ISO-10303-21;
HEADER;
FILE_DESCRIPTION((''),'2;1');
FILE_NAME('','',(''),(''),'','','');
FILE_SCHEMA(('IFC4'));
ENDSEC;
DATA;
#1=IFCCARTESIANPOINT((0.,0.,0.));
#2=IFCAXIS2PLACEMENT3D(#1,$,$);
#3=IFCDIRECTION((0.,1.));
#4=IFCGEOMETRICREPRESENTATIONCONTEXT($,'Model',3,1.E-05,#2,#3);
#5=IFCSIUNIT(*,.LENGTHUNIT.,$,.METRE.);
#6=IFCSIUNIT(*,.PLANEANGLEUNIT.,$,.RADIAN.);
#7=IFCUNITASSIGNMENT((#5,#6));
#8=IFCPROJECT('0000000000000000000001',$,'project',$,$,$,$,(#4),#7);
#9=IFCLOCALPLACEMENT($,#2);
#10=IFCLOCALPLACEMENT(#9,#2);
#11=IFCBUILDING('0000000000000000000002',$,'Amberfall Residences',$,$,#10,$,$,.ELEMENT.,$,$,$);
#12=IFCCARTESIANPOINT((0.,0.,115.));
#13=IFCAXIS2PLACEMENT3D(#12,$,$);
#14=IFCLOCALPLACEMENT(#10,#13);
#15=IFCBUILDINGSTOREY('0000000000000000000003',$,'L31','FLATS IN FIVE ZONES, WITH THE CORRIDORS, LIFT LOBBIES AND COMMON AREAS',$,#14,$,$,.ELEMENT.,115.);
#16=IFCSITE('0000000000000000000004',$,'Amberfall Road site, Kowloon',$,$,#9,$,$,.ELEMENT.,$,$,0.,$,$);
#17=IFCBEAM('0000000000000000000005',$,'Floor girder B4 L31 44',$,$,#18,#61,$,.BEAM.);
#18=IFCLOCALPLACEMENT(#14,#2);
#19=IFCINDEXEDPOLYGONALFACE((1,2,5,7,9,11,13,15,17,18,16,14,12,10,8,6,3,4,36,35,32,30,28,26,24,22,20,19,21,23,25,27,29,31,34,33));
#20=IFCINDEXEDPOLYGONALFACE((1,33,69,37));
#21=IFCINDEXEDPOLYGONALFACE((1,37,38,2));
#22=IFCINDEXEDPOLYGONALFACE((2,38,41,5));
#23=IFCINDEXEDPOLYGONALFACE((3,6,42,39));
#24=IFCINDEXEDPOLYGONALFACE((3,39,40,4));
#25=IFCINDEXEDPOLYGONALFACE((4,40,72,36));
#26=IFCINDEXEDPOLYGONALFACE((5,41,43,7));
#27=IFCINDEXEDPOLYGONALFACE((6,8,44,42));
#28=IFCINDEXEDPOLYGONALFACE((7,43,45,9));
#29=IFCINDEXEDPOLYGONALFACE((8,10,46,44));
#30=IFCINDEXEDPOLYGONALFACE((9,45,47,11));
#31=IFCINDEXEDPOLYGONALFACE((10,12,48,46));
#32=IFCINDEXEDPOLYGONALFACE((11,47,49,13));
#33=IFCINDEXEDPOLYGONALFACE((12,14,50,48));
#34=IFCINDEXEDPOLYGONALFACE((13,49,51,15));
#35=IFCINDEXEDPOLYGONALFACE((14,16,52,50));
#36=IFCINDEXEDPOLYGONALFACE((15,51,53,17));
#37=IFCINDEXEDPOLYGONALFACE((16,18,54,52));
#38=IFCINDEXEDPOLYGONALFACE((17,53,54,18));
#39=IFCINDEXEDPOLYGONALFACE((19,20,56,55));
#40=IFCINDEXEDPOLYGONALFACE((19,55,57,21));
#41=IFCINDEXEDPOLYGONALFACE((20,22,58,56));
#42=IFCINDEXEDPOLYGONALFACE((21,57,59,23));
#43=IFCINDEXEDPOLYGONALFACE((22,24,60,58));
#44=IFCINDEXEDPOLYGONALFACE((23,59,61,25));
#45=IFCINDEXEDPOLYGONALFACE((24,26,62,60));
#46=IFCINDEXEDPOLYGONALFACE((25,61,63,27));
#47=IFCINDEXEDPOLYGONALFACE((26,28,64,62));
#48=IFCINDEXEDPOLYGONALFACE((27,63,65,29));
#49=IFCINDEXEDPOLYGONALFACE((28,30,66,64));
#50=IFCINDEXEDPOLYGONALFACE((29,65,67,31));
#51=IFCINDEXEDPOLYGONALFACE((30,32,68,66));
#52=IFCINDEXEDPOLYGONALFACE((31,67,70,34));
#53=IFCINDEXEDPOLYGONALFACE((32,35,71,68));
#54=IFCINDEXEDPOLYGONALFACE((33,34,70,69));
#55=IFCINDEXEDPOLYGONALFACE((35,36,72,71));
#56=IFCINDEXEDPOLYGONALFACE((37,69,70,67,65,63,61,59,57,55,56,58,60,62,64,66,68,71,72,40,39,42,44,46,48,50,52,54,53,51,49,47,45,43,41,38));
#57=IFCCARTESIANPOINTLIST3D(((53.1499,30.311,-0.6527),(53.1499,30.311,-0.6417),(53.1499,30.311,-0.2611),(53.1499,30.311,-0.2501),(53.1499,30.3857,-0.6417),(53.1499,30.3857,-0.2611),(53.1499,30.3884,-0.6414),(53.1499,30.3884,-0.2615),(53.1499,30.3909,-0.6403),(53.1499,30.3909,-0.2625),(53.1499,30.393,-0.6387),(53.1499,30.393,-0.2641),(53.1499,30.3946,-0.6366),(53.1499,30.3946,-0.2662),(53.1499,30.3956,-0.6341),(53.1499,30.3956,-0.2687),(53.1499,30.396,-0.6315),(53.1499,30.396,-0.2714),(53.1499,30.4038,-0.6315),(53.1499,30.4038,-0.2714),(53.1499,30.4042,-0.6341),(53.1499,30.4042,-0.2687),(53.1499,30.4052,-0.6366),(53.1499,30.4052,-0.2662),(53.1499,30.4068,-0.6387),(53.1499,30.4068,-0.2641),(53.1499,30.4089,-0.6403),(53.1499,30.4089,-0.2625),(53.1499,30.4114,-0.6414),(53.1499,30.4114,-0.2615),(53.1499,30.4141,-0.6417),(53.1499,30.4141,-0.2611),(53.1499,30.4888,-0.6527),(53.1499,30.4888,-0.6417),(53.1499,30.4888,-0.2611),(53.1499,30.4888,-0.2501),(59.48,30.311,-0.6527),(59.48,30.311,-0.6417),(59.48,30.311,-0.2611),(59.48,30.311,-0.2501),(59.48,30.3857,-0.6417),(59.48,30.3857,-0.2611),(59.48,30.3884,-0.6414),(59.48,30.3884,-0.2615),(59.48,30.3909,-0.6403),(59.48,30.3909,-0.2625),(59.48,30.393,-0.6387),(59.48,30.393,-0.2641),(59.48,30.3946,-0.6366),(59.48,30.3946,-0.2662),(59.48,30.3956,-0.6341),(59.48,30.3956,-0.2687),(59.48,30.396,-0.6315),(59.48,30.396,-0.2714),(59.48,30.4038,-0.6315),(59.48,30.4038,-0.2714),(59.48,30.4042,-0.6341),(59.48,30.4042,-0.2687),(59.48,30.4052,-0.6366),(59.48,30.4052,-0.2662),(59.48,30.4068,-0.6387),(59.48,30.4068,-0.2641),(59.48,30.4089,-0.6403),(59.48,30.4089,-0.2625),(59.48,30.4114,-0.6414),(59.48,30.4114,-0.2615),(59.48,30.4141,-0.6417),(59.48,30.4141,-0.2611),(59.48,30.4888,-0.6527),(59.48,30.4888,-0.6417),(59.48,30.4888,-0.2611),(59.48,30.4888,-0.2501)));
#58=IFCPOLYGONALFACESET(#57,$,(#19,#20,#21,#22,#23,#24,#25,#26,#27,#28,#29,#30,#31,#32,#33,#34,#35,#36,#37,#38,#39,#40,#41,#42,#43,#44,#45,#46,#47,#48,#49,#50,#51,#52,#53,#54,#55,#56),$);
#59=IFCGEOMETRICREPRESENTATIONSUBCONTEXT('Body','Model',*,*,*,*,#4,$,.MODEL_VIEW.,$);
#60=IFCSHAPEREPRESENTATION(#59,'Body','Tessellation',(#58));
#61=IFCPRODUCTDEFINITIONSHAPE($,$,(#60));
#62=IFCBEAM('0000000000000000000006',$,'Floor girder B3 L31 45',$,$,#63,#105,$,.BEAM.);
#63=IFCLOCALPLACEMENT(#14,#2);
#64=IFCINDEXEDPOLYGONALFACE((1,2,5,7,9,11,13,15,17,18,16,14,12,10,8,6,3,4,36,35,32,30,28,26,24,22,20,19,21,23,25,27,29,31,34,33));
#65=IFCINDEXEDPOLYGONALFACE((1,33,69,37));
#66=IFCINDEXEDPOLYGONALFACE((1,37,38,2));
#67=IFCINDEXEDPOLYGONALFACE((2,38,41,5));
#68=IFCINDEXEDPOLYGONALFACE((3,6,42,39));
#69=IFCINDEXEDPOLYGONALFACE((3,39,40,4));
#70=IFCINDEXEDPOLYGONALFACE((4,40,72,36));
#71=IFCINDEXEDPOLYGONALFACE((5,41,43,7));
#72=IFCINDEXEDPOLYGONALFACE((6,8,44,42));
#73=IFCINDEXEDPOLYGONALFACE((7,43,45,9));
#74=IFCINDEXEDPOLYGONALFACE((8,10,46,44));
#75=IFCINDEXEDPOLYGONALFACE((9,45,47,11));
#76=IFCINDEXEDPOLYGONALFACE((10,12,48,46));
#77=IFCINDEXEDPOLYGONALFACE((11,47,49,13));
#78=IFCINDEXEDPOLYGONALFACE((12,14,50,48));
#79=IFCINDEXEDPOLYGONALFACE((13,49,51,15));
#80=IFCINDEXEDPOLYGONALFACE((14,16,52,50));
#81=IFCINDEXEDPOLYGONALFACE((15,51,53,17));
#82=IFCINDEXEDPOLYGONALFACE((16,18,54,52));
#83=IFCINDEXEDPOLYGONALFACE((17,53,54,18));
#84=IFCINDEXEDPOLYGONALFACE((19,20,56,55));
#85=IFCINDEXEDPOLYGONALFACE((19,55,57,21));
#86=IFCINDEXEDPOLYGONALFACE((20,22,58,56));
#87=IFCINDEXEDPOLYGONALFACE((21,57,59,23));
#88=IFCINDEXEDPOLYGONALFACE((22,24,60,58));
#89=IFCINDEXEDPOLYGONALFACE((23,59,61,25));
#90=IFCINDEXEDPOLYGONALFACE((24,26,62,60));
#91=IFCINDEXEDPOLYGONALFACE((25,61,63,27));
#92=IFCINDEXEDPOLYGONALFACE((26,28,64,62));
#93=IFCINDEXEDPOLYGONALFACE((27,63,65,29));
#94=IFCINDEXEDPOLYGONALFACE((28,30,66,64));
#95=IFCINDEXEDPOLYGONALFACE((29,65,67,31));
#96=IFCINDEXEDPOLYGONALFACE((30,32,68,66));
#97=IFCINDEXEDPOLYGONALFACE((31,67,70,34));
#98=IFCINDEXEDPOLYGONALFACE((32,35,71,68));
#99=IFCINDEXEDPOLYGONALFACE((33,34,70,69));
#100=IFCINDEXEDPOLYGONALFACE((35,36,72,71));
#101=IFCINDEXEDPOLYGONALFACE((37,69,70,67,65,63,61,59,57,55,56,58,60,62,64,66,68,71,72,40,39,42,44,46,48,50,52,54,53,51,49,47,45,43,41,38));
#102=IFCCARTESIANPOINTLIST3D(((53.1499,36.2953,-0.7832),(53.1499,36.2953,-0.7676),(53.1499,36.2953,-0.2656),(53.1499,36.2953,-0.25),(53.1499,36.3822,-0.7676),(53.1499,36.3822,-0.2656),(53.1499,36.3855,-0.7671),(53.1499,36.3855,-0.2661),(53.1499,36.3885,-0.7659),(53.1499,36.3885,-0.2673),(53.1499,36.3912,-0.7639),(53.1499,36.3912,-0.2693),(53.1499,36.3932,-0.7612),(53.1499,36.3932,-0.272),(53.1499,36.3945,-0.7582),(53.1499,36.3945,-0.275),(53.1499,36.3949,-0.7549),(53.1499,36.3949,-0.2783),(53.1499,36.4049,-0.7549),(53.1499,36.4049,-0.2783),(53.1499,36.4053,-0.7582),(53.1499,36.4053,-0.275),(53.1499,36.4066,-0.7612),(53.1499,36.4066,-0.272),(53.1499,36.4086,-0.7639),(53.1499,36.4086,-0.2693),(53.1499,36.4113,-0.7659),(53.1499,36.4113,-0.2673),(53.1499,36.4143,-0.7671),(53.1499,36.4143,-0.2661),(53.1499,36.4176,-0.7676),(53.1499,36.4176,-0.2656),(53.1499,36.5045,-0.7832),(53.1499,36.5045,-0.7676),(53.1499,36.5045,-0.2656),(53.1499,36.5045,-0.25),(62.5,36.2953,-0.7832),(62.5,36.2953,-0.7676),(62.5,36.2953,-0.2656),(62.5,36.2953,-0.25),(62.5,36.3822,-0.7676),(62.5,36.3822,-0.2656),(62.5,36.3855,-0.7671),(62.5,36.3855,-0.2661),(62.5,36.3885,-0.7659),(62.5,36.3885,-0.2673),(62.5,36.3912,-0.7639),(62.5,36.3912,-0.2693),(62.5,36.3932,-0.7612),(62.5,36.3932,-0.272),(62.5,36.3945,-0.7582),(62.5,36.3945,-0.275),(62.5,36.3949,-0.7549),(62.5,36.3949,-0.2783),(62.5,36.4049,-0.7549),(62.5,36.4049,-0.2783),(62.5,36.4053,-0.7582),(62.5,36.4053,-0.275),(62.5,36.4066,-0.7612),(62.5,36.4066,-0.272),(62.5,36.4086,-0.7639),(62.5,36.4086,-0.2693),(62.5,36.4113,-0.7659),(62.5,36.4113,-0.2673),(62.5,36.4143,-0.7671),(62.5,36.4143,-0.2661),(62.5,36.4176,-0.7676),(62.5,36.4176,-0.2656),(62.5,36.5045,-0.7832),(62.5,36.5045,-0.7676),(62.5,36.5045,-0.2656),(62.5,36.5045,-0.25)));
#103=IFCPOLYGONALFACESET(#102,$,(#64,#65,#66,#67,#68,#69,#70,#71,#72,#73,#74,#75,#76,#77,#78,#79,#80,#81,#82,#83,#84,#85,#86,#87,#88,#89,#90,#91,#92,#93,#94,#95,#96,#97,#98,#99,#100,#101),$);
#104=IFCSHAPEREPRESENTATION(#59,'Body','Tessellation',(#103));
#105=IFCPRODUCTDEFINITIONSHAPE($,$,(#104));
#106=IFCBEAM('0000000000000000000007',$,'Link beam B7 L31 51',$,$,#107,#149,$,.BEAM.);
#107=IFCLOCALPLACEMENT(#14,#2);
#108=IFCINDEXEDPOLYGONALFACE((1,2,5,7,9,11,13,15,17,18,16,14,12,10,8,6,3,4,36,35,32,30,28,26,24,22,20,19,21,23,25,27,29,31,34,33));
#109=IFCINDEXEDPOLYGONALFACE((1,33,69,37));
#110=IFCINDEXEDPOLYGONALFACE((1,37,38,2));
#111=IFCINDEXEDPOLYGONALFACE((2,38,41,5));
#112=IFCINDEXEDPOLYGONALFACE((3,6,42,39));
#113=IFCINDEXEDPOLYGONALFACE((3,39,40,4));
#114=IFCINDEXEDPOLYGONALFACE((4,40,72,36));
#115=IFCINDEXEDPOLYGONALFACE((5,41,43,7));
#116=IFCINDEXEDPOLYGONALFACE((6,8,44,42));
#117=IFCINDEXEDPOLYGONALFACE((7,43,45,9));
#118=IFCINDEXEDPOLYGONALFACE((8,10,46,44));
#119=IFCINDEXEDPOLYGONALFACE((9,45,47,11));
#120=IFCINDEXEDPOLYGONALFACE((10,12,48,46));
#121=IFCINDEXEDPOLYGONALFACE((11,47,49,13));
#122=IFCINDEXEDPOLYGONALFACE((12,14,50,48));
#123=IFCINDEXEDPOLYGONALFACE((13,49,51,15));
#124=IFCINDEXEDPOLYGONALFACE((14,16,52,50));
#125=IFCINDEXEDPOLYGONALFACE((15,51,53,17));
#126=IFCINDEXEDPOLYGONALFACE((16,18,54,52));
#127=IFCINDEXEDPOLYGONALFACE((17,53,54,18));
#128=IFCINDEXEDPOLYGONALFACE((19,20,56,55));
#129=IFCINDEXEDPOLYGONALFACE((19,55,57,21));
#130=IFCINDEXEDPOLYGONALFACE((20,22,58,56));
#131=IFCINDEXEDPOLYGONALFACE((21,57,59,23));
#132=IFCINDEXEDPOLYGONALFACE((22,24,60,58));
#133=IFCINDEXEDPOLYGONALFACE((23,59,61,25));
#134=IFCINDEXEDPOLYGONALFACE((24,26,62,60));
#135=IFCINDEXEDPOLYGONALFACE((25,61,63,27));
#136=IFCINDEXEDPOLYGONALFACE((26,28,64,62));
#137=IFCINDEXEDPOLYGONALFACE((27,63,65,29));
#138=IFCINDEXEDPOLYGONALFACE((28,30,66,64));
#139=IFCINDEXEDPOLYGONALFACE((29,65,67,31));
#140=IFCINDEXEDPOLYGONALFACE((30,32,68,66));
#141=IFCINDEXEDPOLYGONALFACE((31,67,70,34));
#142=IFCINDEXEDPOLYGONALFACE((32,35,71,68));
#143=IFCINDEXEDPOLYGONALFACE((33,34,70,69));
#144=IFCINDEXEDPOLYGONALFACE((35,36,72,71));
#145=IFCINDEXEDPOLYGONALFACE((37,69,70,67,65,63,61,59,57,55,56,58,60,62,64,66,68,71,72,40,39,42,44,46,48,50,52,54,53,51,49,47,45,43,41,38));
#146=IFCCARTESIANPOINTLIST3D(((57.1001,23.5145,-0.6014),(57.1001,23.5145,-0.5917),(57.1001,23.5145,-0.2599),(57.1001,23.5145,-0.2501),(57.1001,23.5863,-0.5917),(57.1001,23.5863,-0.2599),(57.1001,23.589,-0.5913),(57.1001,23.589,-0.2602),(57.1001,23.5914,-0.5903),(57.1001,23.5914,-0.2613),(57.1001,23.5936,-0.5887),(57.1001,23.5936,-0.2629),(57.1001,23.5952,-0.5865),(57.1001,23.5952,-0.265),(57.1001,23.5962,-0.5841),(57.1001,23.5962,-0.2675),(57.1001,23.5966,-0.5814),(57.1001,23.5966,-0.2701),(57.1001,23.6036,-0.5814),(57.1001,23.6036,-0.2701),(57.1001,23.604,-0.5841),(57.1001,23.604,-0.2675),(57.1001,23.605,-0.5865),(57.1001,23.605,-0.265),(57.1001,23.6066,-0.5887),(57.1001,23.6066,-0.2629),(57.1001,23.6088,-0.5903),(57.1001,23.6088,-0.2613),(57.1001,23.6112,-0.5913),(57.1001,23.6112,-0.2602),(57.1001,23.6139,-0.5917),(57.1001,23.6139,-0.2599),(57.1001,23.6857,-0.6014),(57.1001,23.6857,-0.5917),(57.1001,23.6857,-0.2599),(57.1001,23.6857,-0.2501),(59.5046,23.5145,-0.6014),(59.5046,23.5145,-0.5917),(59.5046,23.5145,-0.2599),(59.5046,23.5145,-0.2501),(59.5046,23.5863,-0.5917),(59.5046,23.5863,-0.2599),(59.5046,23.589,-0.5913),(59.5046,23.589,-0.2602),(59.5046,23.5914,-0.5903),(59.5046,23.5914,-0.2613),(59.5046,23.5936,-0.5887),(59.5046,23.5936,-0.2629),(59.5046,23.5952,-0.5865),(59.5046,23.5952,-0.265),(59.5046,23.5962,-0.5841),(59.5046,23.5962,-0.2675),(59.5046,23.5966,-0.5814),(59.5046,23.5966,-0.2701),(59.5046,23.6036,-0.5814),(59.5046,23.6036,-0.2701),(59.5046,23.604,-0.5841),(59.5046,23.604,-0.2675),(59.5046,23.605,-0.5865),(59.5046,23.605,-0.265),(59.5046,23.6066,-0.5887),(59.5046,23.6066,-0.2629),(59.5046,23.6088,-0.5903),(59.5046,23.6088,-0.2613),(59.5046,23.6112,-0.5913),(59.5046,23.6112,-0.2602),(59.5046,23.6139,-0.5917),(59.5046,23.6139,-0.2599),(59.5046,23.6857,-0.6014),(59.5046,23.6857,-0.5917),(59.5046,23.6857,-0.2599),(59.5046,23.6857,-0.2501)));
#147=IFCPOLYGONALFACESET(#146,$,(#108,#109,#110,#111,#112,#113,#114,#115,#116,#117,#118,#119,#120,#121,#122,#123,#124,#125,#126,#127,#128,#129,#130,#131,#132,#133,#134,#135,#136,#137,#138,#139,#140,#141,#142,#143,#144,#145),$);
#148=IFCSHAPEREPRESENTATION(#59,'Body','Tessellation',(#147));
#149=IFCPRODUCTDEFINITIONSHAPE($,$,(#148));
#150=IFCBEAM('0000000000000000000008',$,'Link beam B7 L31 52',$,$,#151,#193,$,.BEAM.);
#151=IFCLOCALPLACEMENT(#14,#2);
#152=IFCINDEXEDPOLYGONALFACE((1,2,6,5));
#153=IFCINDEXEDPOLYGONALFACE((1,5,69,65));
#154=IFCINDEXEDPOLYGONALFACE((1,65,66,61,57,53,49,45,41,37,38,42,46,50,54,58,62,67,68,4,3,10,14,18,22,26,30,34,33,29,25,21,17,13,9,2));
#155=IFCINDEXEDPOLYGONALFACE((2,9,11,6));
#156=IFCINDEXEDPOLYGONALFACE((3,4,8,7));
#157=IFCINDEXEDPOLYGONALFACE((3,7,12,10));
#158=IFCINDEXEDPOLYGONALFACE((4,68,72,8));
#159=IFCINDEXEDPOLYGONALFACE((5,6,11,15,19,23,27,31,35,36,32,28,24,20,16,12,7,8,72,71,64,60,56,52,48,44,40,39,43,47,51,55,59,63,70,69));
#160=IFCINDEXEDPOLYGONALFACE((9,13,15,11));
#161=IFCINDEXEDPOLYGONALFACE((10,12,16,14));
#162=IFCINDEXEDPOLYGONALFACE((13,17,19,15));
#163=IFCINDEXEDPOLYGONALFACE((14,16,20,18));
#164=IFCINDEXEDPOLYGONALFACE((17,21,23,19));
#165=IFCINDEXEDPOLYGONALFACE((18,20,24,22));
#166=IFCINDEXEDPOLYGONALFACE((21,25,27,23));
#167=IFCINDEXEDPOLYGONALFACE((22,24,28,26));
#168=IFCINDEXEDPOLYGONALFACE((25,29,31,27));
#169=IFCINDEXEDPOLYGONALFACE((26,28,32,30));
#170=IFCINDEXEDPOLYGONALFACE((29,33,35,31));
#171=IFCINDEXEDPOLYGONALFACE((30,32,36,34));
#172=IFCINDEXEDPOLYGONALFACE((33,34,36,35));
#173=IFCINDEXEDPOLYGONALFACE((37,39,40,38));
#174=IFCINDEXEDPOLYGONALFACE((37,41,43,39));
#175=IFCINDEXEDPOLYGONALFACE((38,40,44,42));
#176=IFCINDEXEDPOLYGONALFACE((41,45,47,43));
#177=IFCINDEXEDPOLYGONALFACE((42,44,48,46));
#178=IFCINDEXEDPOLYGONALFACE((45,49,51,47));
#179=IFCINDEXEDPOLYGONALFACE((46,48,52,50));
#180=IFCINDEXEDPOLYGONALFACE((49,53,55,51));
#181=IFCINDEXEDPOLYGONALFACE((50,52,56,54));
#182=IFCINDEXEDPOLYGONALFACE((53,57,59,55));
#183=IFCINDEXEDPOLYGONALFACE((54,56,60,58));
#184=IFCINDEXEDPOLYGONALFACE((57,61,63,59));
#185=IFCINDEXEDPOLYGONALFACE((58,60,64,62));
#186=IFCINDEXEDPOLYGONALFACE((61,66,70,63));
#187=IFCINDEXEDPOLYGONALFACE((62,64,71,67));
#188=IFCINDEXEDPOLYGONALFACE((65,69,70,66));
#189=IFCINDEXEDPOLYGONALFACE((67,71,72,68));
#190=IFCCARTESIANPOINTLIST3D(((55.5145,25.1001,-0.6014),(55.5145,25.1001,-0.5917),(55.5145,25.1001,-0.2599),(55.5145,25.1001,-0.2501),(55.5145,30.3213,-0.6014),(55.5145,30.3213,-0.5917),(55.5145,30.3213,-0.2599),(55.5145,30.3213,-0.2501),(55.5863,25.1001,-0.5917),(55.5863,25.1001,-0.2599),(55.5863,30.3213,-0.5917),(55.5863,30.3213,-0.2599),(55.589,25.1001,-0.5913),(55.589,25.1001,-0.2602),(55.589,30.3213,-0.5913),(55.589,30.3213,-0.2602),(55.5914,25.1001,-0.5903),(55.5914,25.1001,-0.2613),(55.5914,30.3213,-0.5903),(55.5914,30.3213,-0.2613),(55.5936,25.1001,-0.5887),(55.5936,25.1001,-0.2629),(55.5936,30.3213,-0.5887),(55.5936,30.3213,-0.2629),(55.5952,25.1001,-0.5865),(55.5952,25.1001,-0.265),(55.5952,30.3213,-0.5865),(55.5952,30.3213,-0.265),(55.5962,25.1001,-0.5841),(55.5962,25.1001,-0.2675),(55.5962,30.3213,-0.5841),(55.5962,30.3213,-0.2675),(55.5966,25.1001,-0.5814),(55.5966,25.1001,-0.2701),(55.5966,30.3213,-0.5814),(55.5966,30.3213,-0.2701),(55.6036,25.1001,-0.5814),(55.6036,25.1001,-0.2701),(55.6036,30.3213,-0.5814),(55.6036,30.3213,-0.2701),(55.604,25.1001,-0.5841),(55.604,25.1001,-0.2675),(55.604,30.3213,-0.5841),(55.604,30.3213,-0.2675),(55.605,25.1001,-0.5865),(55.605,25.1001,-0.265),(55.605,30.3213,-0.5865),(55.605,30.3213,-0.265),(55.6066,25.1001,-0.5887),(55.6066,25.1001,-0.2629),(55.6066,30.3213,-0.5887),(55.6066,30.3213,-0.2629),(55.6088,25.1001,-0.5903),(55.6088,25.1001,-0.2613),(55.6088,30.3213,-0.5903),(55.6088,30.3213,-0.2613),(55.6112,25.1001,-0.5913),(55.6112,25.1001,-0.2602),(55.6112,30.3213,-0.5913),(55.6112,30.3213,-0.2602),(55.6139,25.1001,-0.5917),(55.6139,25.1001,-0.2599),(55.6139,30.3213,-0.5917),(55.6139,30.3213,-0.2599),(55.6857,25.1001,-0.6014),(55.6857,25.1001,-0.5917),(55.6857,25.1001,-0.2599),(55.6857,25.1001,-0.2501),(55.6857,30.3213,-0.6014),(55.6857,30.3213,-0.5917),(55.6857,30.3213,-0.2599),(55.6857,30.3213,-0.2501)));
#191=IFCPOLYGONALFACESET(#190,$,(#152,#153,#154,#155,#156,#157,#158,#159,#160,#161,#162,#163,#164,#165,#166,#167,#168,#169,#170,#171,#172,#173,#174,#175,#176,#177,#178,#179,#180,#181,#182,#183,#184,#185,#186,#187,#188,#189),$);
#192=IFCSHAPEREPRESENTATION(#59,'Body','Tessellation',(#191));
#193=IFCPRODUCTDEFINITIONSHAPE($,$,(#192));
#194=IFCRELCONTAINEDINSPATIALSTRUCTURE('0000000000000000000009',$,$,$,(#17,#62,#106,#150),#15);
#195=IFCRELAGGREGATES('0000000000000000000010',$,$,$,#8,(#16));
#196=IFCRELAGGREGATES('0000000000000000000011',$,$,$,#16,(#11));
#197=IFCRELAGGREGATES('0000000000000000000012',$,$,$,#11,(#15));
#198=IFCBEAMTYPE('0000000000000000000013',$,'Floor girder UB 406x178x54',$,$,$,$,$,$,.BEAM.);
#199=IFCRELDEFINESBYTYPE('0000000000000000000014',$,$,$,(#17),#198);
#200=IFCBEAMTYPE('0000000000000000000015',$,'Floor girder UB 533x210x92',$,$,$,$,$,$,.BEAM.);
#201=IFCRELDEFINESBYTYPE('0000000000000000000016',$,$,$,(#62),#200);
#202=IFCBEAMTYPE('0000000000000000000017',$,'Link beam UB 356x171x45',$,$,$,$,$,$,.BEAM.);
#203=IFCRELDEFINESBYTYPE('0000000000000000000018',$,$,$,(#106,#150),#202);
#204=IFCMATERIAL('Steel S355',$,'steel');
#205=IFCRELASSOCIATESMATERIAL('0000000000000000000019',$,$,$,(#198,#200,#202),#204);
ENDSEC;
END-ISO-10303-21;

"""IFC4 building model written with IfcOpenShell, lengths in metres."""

from ifc_helpers import new_model, si_unit, direction, frame, origin, origin_2d, place, context, subcontext, project, spatial, i_section, extrude, material, material_profile, profile_set, type_object, element, save


model = new_model("IFC4")

# Units and contexts
model_context = context("Model", 3, precision=1e-05, world=origin(), true_north=direction((0.0, 1.0)))
body_context = subcontext(model_context, "Body", "Model", "MODEL_VIEW")
ifc_project = project(units=[si_unit("LENGTHUNIT", "METRE"), si_unit("PLANEANGLEUNIT", "RADIAN")], contexts=[model_context])

# Site, building, storey
site_placement = place(None, origin())
site = spatial("IfcSite", under=ifc_project, at=site_placement, Name="Amberfall Road site, Kowloon", CompositionType="ELEMENT", RefElevation=0.0)
building_placement = place(site_placement, origin())
building = spatial("IfcBuilding", under=site, at=building_placement, Name="Amberfall Residences", CompositionType="ELEMENT")
storey_placement = place(building_placement, frame((0.0, 0.0, 115.0)))
storey = spatial("IfcBuildingStorey", under=building, at=storey_placement, Name="L31", Description="FLATS IN FIVE ZONES, WITH THE CORRIDORS, LIFT LOBBIES AND COMMON AREAS", CompositionType="ELEMENT", Elevation=115.0)

# Beams
ifc_material_1 = material(Name="Steel S355", Category="steel")
ifc_material_profile_1 = material_profile(ifc_material_1, i_section(OverallWidth=0.1777, OverallDepth=0.4026, WebThickness=0.0078, FlangeThickness=0.011, FilletRadius=0.0103, at=origin_2d()), Name="UB 406x178x54")
ifc_profile_set_1 = profile_set([ifc_material_profile_1], Name="Steel S355")
beam_type_1 = type_object("IfcBeamType", Name="Floor girder UB 406x178x54", PredefinedType="BEAM", material=ifc_profile_set_1)
beam_1_placement = place(storey_placement, frame((53.1499, 30.3999, -0.4514), z_axis=(1.0, 0.0, 0.0), x_axis=(0.0, 1.0, 0.0)))
element("IfcBeam", 1, at=beam_1_placement, inside=storey, type_object=beam_type_1, Name="Floor girder B4 L31 44", PredefinedType="BEAM", context=body_context, shape_type="SweptSolid", body=[
    extrude(i_section(OverallWidth=0.1777, OverallDepth=0.4026, WebThickness=0.0078, FlangeThickness=0.011, FilletRadius=0.0103, at=origin_2d()), origin(), (0.0, 0.0, 1.0), 6.3301),
])
ifc_material_profile_2 = material_profile(ifc_material_1, i_section(OverallWidth=0.2092, OverallDepth=0.5332, WebThickness=0.01, FlangeThickness=0.0156, FilletRadius=0.0127, at=origin_2d()), Name="UB 533x210x92")
ifc_profile_set_2 = profile_set([ifc_material_profile_2], Name="Steel S355")
beam_type_2 = type_object("IfcBeamType", Name="Floor girder UB 533x210x92", PredefinedType="BEAM", material=ifc_profile_set_2)
beam_2_placement = place(storey_placement, frame((53.1499, 36.3999, -0.5166), z_axis=(1.0, 0.0, 0.0), x_axis=(0.0, 1.0, 0.0)))
element("IfcBeam", 2, at=beam_2_placement, inside=storey, type_object=beam_type_2, Name="Floor girder B3 L31 45", PredefinedType="BEAM", context=body_context, shape_type="SweptSolid", body=[
    extrude(i_section(OverallWidth=0.2092, OverallDepth=0.5332, WebThickness=0.01, FlangeThickness=0.0156, FilletRadius=0.0127, at=origin_2d()), origin(), (0.0, 0.0, 1.0), 9.3501),
])
ifc_material_profile_3 = material_profile(ifc_material_1, i_section(OverallWidth=0.1711, OverallDepth=0.3513, WebThickness=0.0071, FlangeThickness=0.0098, FilletRadius=0.0103, at=origin_2d()), Name="UB 356x171x45")
ifc_profile_set_3 = profile_set([ifc_material_profile_3], Name="Steel S355")
beam_type_3 = type_object("IfcBeamType", Name="Link beam UB 356x171x45", PredefinedType="BEAM", material=ifc_profile_set_3)
beam_3_placement = place(storey_placement, frame((57.1001, 23.6001, -0.4258), z_axis=(1.0, 0.0, 0.0), x_axis=(0.0, 1.0, 0.0)))
element("IfcBeam", 3, at=beam_3_placement, inside=storey, type_object=beam_type_3, Name="Link beam B7 L31 51", PredefinedType="BEAM", context=body_context, shape_type="SweptSolid", body=[
    extrude(i_section(OverallWidth=0.1711, OverallDepth=0.3513, WebThickness=0.0071, FlangeThickness=0.0098, FilletRadius=0.0103, at=origin_2d()), origin(), (0.0, 0.0, 1.0), 2.4045),
])
beam_4_placement = place(storey_placement, frame((55.6001, 25.1001, -0.4258), z_axis=(0.0, 1.0, 0.0), x_axis=(-1.0, 0.0, 0.0)))
element("IfcBeam", 4, at=beam_4_placement, inside=storey, type_object=beam_type_3, Name="Link beam B7 L31 52", PredefinedType="BEAM", context=body_context, shape_type="SweptSolid", body=[
    extrude(i_section(OverallWidth=0.1711, OverallDepth=0.3513, WebThickness=0.0071, FlangeThickness=0.0098, FilletRadius=0.0103, at=origin_2d()), origin(), (0.0, 0.0, 1.0), 5.2212),
])

save(model, "model.ifc")
